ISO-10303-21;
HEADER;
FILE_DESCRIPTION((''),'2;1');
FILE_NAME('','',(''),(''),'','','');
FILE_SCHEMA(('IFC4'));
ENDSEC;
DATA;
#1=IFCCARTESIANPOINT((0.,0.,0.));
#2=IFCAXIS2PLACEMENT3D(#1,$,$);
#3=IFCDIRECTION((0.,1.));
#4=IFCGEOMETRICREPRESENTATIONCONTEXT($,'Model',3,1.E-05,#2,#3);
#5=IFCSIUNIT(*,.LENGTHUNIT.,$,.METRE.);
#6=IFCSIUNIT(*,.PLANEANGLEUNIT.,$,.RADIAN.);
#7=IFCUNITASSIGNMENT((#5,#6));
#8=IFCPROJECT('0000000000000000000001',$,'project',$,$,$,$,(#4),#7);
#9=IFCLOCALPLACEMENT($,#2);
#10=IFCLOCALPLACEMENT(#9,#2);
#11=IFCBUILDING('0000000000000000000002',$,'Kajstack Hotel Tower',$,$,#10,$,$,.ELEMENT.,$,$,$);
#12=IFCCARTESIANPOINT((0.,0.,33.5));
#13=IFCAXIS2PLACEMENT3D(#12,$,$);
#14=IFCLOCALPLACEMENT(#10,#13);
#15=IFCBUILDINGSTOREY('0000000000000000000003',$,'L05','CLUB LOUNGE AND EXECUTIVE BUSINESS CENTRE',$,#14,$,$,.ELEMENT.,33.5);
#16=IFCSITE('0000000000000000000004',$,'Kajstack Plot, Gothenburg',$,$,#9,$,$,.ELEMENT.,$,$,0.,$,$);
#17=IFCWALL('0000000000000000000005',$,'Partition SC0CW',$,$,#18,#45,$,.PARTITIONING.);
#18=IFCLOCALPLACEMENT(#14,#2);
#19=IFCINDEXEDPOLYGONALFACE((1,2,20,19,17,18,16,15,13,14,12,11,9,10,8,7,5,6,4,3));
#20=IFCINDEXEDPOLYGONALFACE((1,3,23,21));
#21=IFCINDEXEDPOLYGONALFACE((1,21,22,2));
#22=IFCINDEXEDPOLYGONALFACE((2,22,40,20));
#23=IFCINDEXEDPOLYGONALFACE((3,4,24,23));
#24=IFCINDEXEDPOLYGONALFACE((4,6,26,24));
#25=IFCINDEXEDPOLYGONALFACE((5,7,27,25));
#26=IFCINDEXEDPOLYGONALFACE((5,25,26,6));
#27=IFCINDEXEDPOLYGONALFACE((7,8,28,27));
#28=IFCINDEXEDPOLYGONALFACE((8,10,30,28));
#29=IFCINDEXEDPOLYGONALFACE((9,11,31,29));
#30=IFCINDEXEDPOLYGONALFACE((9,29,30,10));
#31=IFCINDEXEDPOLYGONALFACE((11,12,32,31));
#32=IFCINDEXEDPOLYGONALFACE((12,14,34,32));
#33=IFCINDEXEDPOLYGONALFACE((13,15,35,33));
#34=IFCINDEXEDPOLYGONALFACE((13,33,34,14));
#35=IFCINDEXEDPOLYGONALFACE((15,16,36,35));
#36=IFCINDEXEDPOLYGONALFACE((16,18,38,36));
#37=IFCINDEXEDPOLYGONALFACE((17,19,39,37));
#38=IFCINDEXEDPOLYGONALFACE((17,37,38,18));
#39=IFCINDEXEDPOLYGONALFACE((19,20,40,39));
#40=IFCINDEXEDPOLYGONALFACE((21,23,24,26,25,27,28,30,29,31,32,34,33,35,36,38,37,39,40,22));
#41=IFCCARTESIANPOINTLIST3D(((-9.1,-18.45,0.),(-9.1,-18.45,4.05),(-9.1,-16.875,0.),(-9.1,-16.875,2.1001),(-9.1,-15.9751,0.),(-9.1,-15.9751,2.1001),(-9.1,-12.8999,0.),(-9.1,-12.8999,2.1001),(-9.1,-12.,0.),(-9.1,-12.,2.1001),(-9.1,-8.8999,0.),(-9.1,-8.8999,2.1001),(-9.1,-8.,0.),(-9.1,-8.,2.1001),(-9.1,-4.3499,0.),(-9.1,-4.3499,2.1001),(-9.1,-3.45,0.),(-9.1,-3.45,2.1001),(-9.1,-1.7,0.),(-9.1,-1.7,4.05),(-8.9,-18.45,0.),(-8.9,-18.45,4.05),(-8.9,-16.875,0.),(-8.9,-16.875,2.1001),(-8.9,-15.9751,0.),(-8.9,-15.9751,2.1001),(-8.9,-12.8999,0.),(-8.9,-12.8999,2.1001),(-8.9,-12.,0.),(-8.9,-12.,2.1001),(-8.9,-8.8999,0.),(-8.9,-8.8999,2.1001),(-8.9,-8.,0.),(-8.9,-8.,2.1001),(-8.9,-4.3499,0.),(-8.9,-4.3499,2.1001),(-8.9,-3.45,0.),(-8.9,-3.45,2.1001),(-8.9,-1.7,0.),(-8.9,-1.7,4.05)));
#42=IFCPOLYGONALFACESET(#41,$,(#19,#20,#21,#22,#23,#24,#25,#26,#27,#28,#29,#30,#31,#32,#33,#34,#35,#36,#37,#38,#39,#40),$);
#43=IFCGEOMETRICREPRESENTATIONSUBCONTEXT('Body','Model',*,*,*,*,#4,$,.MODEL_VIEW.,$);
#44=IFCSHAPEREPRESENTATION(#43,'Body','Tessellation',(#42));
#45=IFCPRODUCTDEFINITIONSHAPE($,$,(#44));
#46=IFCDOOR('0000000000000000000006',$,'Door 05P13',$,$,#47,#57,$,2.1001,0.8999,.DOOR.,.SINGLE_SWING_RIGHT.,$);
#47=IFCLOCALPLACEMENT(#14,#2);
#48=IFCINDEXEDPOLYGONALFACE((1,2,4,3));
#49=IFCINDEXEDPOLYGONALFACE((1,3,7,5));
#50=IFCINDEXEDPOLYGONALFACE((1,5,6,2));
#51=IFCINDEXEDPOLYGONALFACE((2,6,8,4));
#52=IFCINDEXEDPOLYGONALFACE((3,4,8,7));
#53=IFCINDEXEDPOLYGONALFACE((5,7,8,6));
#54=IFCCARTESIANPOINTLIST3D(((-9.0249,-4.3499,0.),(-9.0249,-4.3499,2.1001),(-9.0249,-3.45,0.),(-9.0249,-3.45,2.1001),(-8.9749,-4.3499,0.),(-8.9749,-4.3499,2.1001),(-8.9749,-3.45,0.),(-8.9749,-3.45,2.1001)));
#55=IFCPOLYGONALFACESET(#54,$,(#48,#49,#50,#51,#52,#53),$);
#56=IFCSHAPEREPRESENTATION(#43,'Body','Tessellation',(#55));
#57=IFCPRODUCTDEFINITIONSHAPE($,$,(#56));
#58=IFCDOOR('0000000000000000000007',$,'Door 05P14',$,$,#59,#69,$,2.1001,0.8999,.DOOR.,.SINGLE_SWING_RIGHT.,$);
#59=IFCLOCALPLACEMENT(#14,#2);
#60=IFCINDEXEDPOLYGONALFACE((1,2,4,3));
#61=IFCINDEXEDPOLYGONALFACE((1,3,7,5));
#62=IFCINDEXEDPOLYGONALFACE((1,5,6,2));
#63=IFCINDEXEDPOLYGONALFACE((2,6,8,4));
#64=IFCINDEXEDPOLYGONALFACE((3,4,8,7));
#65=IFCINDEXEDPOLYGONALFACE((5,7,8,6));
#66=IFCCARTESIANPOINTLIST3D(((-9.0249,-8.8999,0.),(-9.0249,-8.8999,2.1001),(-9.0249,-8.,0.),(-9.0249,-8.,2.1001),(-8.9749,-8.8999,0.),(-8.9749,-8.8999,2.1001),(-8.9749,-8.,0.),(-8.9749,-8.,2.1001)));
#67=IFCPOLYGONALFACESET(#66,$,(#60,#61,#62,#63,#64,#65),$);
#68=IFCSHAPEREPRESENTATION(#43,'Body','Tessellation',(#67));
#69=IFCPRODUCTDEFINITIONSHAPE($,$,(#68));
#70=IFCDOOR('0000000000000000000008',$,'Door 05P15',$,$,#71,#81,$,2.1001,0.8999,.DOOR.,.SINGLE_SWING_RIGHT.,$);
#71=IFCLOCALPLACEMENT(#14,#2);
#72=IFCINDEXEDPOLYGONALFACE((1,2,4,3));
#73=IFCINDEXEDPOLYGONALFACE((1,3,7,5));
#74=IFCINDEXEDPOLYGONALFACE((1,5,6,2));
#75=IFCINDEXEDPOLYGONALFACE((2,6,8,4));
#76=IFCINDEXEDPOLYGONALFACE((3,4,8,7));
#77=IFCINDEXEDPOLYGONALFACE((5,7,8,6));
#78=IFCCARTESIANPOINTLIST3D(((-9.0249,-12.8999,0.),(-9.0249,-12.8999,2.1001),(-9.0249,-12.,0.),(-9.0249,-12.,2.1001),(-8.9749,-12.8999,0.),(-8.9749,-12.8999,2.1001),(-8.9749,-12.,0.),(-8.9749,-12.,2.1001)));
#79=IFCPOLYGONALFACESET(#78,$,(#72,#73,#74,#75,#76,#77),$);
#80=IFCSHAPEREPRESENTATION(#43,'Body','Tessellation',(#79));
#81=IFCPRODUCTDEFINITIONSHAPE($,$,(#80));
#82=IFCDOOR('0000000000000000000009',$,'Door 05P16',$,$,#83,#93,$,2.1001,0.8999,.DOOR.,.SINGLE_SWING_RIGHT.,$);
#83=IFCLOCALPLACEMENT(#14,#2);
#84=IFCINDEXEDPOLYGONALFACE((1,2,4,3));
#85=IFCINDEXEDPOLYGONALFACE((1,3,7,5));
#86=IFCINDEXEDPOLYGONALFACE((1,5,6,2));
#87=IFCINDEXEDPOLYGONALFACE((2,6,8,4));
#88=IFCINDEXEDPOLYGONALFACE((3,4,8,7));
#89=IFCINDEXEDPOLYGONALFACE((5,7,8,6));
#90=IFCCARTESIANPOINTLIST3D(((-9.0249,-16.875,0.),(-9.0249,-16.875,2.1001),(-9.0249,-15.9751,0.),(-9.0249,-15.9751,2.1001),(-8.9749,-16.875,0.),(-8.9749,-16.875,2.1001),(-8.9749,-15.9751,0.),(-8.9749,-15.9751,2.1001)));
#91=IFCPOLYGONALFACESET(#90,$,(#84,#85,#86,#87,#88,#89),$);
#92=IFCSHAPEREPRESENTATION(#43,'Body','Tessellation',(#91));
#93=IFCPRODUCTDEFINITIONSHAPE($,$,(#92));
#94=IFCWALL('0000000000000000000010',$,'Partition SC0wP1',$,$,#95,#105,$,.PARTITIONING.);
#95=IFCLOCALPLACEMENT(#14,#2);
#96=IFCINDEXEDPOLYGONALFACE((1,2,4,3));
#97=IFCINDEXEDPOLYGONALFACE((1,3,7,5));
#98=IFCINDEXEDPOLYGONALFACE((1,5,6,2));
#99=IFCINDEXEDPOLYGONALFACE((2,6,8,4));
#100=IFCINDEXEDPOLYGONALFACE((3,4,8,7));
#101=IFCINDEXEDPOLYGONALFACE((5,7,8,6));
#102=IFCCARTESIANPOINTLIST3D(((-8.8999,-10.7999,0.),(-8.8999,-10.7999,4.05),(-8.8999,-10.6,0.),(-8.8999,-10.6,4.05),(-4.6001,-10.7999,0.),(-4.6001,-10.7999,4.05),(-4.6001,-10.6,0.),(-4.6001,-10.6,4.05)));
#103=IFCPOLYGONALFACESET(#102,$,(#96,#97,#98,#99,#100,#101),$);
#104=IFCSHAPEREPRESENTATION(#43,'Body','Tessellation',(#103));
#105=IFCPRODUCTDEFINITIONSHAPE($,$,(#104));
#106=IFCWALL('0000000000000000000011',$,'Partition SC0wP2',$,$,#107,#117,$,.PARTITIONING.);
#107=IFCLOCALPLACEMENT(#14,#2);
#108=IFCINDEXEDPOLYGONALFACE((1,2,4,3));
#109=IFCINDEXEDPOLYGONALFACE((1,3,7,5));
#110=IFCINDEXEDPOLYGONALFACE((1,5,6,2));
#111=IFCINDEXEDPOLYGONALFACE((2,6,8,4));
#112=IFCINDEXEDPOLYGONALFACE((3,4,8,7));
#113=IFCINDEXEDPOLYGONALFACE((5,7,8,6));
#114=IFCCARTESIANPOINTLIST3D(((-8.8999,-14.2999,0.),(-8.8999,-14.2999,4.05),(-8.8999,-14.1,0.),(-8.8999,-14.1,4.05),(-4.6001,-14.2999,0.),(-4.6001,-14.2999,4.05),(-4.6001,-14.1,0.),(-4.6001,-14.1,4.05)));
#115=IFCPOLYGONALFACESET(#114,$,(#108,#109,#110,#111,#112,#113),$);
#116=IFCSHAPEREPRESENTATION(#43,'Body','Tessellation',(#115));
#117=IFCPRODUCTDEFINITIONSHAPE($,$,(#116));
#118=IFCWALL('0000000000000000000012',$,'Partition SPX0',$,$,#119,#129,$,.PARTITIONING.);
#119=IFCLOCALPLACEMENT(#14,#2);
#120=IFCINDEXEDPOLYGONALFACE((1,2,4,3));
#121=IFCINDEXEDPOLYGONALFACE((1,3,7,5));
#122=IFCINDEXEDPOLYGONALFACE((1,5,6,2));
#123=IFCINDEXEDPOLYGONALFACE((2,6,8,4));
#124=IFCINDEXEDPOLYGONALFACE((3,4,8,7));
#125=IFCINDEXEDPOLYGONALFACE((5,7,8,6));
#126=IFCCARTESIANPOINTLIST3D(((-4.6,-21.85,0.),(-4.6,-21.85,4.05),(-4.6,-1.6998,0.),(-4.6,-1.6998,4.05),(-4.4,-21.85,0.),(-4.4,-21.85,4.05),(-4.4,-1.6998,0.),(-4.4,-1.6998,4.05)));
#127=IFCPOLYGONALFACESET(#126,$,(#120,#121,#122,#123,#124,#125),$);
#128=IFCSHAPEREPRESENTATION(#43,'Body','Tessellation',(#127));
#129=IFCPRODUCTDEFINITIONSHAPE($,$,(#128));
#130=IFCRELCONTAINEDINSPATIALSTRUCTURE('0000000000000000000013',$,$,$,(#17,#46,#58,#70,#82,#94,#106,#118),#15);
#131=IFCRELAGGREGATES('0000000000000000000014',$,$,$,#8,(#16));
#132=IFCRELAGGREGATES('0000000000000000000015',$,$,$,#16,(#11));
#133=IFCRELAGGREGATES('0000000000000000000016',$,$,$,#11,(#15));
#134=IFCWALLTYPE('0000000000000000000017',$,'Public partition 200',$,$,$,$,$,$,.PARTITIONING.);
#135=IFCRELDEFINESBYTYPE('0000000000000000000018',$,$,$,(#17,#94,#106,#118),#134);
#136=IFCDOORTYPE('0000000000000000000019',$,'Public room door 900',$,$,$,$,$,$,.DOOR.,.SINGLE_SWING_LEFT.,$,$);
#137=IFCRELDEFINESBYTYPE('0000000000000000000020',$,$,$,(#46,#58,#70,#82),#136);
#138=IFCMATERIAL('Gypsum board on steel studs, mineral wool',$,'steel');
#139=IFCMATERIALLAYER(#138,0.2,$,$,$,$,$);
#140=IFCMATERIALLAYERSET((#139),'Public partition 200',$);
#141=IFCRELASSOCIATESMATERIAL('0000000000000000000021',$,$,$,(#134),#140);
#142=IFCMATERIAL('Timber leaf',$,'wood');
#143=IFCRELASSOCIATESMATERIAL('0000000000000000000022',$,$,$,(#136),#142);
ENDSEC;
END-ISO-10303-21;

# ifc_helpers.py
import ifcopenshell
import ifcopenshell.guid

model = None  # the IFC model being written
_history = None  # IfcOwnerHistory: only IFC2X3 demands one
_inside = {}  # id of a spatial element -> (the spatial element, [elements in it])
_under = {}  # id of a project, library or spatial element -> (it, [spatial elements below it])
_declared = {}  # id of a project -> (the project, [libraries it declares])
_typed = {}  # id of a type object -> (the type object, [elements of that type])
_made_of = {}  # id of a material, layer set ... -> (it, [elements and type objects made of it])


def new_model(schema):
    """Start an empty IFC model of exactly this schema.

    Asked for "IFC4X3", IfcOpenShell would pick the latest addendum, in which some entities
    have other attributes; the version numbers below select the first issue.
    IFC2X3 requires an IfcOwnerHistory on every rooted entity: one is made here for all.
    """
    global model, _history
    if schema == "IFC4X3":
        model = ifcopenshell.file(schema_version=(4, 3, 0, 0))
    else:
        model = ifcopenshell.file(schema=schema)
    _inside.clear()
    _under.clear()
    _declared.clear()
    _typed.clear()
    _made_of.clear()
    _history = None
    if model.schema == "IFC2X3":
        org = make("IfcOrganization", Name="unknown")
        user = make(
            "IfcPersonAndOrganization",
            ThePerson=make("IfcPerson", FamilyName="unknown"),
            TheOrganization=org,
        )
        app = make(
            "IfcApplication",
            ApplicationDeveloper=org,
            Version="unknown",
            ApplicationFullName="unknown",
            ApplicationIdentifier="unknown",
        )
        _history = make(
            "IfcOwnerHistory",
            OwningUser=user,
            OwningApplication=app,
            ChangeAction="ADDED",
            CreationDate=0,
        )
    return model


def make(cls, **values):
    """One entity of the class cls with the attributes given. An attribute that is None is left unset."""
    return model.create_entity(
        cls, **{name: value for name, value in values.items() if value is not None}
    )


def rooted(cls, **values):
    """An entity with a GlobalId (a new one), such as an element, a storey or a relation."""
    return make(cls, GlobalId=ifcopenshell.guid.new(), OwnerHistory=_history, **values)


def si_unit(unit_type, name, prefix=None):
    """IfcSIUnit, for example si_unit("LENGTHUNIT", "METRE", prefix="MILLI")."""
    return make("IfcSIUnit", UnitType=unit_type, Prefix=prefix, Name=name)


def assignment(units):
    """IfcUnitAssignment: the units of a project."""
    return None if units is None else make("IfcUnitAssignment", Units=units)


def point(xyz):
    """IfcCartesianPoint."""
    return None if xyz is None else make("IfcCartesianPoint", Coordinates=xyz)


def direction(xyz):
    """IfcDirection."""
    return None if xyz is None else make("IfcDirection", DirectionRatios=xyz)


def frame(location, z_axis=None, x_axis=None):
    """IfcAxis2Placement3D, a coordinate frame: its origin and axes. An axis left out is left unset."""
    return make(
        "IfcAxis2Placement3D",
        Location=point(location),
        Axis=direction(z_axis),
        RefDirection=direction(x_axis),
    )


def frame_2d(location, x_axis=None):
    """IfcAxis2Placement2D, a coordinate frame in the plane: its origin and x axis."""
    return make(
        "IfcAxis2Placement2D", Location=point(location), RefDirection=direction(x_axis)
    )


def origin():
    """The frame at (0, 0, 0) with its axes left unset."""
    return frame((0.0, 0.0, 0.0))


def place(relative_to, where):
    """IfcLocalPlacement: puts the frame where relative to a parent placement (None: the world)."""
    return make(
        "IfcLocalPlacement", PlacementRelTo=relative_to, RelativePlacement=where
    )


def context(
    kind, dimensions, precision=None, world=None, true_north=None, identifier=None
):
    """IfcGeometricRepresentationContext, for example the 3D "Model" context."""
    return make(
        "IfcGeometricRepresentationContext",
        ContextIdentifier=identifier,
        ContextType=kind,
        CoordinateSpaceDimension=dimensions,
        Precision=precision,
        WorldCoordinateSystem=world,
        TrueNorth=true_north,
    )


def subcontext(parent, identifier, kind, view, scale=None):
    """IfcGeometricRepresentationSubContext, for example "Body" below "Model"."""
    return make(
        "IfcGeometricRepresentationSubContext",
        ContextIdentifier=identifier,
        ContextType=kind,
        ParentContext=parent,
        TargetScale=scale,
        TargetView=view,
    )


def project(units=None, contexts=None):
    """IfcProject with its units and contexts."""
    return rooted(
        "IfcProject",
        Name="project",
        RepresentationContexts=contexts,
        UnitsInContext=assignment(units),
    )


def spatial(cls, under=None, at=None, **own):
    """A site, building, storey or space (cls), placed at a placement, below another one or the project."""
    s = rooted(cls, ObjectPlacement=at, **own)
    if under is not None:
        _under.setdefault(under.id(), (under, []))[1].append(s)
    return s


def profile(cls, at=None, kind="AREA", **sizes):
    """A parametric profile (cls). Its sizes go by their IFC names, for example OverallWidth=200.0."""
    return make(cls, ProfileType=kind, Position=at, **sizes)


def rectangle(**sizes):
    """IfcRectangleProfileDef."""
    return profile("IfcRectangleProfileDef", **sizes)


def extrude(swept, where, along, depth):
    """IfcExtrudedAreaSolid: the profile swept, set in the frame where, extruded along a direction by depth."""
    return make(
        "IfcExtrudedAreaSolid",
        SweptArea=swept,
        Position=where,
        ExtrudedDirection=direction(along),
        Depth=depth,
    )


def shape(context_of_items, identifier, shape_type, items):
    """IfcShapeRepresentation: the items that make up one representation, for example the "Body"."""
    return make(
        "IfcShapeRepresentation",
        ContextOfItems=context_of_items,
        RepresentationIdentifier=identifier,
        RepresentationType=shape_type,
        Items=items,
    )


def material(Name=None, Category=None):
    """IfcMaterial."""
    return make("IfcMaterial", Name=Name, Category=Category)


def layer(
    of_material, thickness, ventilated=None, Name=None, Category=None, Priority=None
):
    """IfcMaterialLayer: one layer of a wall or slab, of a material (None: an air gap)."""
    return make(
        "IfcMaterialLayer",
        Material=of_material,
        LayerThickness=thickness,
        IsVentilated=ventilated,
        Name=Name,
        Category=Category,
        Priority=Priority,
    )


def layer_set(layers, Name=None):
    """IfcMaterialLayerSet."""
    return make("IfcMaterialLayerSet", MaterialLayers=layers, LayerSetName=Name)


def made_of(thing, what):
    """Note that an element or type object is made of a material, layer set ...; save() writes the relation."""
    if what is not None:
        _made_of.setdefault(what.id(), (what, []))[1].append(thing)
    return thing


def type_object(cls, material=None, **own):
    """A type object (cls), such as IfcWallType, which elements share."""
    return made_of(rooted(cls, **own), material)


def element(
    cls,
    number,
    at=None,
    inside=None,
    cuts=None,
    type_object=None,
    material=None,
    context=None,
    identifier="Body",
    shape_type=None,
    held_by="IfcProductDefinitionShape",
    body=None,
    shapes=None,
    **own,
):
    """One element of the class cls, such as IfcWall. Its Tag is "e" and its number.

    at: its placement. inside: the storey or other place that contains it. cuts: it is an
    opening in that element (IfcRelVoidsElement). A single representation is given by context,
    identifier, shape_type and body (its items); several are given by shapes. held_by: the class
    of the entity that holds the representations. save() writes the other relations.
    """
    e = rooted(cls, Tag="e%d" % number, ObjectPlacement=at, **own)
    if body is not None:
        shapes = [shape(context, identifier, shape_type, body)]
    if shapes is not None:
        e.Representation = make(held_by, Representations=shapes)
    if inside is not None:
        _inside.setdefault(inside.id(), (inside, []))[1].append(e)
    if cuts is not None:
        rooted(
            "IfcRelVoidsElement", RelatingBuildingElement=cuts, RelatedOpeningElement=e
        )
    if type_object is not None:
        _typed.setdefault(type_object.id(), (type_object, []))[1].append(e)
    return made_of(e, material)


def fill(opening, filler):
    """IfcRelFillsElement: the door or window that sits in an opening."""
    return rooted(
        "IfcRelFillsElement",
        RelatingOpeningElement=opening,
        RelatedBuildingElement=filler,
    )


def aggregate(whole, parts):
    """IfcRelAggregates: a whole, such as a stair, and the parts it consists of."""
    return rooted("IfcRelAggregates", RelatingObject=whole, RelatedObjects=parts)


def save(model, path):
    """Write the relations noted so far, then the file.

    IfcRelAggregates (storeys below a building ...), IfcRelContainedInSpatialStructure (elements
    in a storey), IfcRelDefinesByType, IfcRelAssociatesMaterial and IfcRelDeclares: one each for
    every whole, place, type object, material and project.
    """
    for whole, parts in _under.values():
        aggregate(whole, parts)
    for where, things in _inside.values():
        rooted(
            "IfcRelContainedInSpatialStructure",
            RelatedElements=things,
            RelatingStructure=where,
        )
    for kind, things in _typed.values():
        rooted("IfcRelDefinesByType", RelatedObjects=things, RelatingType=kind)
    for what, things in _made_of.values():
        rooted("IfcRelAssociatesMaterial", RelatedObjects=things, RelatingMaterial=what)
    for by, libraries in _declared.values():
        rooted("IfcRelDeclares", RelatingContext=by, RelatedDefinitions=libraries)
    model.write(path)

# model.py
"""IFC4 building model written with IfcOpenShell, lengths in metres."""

from ifc_helpers import new_model, si_unit, direction, frame, frame_2d, origin, place, context, subcontext, project, spatial, rectangle, extrude, material, layer, layer_set, type_object, element, fill, save


model = new_model("IFC4")

# Units and contexts
model_context = context("Model", 3, precision=1e-05, world=origin(), true_north=direction((0.0, 1.0)))
body_context = subcontext(model_context, "Body", "Model", "MODEL_VIEW")
ifc_project = project(units=[si_unit("LENGTHUNIT", "METRE"), si_unit("PLANEANGLEUNIT", "RADIAN")], contexts=[model_context])

# Site, building, storey
site_placement = place(None, origin())
site = spatial("IfcSite", under=ifc_project, at=site_placement, Name="Kajstack Plot, Gothenburg", CompositionType="ELEMENT", RefElevation=0.0)
building_placement = place(site_placement, origin())
building = spatial("IfcBuilding", under=site, at=building_placement, Name="Kajstack Hotel Tower", CompositionType="ELEMENT")
storey_placement = place(building_placement, frame((0.0, 0.0, 33.5)))
storey = spatial("IfcBuildingStorey", under=building, at=storey_placement, Name="L05", Description="CLUB LOUNGE AND EXECUTIVE BUSINESS CENTRE", CompositionType="ELEMENT", Elevation=33.5)

# Wall, openings, doors
ifc_material_1 = material(Name="Gypsum board on steel studs, mineral wool", Category="steel")
ifc_layer_1 = layer(ifc_material_1, 0.2)
ifc_layer_set_1 = layer_set([ifc_layer_1], Name="Public partition 200")
wall_type = type_object("IfcWallType", Name="Public partition 200", PredefinedType="PARTITIONING", material=ifc_layer_set_1)
wall_1_placement = place(storey_placement, frame((-9.0, -18.45, 0.0), z_axis=(0.0, 0.0, 1.0), x_axis=(0.0, 1.0, 0.0)))
wall_1 = element("IfcWall", 1, at=wall_1_placement, inside=storey, type_object=wall_type, Name="Partition SC0CW", PredefinedType="PARTITIONING", context=body_context, shape_type="SweptSolid", body=[
    extrude(rectangle(XDim=16.75, YDim=0.2, at=frame_2d((8.375, 0.0))), origin(), (0.0, 0.0, 1.0), 4.05),
])
opening_1_placement = place(wall_1_placement, frame((14.1001, 0.0, 0.0)))
opening_1 = element("IfcOpeningElement", 2, at=opening_1_placement, cuts=wall_1, PredefinedType="OPENING", context=body_context, shape_type="SweptSolid", body=[
    extrude(rectangle(XDim=0.8999, YDim=2.1001, at=frame_2d((0.45, 1.05))), frame((0.0, 0.1099, 0.0), z_axis=(0.0, -1.0, 0.0), x_axis=(1.0, 0.0, 0.0)), (0.0, 0.0, 1.0), 0.22),
])
opening_2_placement = place(wall_1_placement, frame((9.55, 0.0, 0.0)))
opening_2 = element("IfcOpeningElement", 3, at=opening_2_placement, cuts=wall_1, PredefinedType="OPENING", context=body_context, shape_type="SweptSolid", body=[
    extrude(rectangle(XDim=0.8999, YDim=2.1001, at=frame_2d((0.45, 1.05))), frame((0.0, 0.1099, 0.0), z_axis=(0.0, -1.0, 0.0), x_axis=(1.0, 0.0, 0.0)), (0.0, 0.0, 1.0), 0.22),
])
opening_3_placement = place(wall_1_placement, frame((5.55, 0.0, 0.0)))
opening_3 = element("IfcOpeningElement", 4, at=opening_3_placement, cuts=wall_1, PredefinedType="OPENING", context=body_context, shape_type="SweptSolid", body=[
    extrude(rectangle(XDim=0.8999, YDim=2.1001, at=frame_2d((0.45, 1.05))), frame((0.0, 0.1099, 0.0), z_axis=(0.0, -1.0, 0.0), x_axis=(1.0, 0.0, 0.0)), (0.0, 0.0, 1.0), 0.22),
])
opening_4_placement = place(wall_1_placement, frame((1.575, 0.0, 0.0)))
opening_4 = element("IfcOpeningElement", 5, at=opening_4_placement, cuts=wall_1, PredefinedType="OPENING", context=body_context, shape_type="SweptSolid", body=[
    extrude(rectangle(XDim=0.8999, YDim=2.1001, at=frame_2d((0.45, 1.05))), frame((0.0, 0.1099, 0.0), z_axis=(0.0, -1.0, 0.0), x_axis=(1.0, 0.0, 0.0)), (0.0, 0.0, 1.0), 0.22),
])
ifc_material_2 = material(Name="Timber leaf", Category="wood")
door_type = type_object("IfcDoorType", Name="Public room door 900", OperationType="SINGLE_SWING_LEFT", PredefinedType="DOOR", material=ifc_material_2)
door_1_placement = place(opening_1_placement, origin())
door_1 = element("IfcDoor", 6, at=door_1_placement, inside=storey, type_object=door_type, Name="Door 05P13", OperationType="SINGLE_SWING_RIGHT", OverallHeight=2.1001, OverallWidth=0.8999, PredefinedType="DOOR", context=body_context, shape_type="SweptSolid", body=[
    extrude(rectangle(XDim=0.8999, YDim=2.1001, at=frame_2d((0.45, 1.05))), frame((0.0, 0.0249, 0.0), z_axis=(0.0, -1.0, 0.0), x_axis=(1.0, 0.0, 0.0)), (0.0, 0.0, 1.0), 0.05),
])
fill(opening_1, door_1)
door_2_placement = place(opening_2_placement, origin())
door_2 = element("IfcDoor", 7, at=door_2_placement, inside=storey, type_object=door_type, Name="Door 05P14", OperationType="SINGLE_SWING_RIGHT", OverallHeight=2.1001, OverallWidth=0.8999, PredefinedType="DOOR", context=body_context, shape_type="SweptSolid", body=[
    extrude(rectangle(XDim=0.8999, YDim=2.1001, at=frame_2d((0.45, 1.05))), frame((0.0, 0.0249, 0.0), z_axis=(0.0, -1.0, 0.0), x_axis=(1.0, 0.0, 0.0)), (0.0, 0.0, 1.0), 0.05),
])
fill(opening_2, door_2)
door_3_placement = place(opening_3_placement, origin())
door_3 = element("IfcDoor", 8, at=door_3_placement, inside=storey, type_object=door_type, Name="Door 05P15", OperationType="SINGLE_SWING_RIGHT", OverallHeight=2.1001, OverallWidth=0.8999, PredefinedType="DOOR", context=body_context, shape_type="SweptSolid", body=[
    extrude(rectangle(XDim=0.8999, YDim=2.1001, at=frame_2d((0.45, 1.05))), frame((0.0, 0.0249, 0.0), z_axis=(0.0, -1.0, 0.0), x_axis=(1.0, 0.0, 0.0)), (0.0, 0.0, 1.0), 0.05),
])
fill(opening_3, door_3)
door_4_placement = place(opening_4_placement, origin())
door_4 = element("IfcDoor", 9, at=door_4_placement, inside=storey, type_object=door_type, Name="Door 05P16", OperationType="SINGLE_SWING_RIGHT", OverallHeight=2.1001, OverallWidth=0.8999, PredefinedType="DOOR", context=body_context, shape_type="SweptSolid", body=[
    extrude(rectangle(XDim=0.8999, YDim=2.1001, at=frame_2d((0.45, 1.05))), frame((0.0, 0.0249, 0.0), z_axis=(0.0, -1.0, 0.0), x_axis=(1.0, 0.0, 0.0)), (0.0, 0.0, 1.0), 0.05),
])
fill(opening_4, door_4)

# Walls
for number, where, z_axis, x_axis, name in (
    (10, (-8.8999, -10.7, 0.0), (0.0, 0.0, 1.0), (1.0, 0.0, 0.0), "Partition SC0wP1"),
    (11, (-8.8999, -14.2, 0.0), (0.0, 0.0, 1.0), (1.0, 0.0, 0.0), "Partition SC0wP2"),
):
    element("IfcWall", number, at=place(storey_placement, frame(where, z_axis=z_axis, x_axis=x_axis)), inside=storey, type_object=wall_type, Name=name, PredefinedType="PARTITIONING", context=body_context, shape_type="SweptSolid", body=[
        extrude(rectangle(XDim=4.2998, YDim=0.2, at=frame_2d((2.1499, 0.0))), origin(), (0.0, 0.0, 1.0), 4.05),
    ])
wall_2_placement = place(storey_placement, frame((-4.5, -21.8501, 0.0), z_axis=(0.0, 0.0, 1.0), x_axis=(0.0, 1.0, 0.0)))
element("IfcWall", 12, at=wall_2_placement, inside=storey, type_object=wall_type, Name="Partition SPX0", PredefinedType="PARTITIONING", context=body_context, shape_type="SweptSolid", body=[
    extrude(rectangle(XDim=20.1501, YDim=0.2, at=frame_2d((10.0752, 0.0))), origin(), (0.0, 0.0, 1.0), 4.05),
])

save(model, "model.ifc")
